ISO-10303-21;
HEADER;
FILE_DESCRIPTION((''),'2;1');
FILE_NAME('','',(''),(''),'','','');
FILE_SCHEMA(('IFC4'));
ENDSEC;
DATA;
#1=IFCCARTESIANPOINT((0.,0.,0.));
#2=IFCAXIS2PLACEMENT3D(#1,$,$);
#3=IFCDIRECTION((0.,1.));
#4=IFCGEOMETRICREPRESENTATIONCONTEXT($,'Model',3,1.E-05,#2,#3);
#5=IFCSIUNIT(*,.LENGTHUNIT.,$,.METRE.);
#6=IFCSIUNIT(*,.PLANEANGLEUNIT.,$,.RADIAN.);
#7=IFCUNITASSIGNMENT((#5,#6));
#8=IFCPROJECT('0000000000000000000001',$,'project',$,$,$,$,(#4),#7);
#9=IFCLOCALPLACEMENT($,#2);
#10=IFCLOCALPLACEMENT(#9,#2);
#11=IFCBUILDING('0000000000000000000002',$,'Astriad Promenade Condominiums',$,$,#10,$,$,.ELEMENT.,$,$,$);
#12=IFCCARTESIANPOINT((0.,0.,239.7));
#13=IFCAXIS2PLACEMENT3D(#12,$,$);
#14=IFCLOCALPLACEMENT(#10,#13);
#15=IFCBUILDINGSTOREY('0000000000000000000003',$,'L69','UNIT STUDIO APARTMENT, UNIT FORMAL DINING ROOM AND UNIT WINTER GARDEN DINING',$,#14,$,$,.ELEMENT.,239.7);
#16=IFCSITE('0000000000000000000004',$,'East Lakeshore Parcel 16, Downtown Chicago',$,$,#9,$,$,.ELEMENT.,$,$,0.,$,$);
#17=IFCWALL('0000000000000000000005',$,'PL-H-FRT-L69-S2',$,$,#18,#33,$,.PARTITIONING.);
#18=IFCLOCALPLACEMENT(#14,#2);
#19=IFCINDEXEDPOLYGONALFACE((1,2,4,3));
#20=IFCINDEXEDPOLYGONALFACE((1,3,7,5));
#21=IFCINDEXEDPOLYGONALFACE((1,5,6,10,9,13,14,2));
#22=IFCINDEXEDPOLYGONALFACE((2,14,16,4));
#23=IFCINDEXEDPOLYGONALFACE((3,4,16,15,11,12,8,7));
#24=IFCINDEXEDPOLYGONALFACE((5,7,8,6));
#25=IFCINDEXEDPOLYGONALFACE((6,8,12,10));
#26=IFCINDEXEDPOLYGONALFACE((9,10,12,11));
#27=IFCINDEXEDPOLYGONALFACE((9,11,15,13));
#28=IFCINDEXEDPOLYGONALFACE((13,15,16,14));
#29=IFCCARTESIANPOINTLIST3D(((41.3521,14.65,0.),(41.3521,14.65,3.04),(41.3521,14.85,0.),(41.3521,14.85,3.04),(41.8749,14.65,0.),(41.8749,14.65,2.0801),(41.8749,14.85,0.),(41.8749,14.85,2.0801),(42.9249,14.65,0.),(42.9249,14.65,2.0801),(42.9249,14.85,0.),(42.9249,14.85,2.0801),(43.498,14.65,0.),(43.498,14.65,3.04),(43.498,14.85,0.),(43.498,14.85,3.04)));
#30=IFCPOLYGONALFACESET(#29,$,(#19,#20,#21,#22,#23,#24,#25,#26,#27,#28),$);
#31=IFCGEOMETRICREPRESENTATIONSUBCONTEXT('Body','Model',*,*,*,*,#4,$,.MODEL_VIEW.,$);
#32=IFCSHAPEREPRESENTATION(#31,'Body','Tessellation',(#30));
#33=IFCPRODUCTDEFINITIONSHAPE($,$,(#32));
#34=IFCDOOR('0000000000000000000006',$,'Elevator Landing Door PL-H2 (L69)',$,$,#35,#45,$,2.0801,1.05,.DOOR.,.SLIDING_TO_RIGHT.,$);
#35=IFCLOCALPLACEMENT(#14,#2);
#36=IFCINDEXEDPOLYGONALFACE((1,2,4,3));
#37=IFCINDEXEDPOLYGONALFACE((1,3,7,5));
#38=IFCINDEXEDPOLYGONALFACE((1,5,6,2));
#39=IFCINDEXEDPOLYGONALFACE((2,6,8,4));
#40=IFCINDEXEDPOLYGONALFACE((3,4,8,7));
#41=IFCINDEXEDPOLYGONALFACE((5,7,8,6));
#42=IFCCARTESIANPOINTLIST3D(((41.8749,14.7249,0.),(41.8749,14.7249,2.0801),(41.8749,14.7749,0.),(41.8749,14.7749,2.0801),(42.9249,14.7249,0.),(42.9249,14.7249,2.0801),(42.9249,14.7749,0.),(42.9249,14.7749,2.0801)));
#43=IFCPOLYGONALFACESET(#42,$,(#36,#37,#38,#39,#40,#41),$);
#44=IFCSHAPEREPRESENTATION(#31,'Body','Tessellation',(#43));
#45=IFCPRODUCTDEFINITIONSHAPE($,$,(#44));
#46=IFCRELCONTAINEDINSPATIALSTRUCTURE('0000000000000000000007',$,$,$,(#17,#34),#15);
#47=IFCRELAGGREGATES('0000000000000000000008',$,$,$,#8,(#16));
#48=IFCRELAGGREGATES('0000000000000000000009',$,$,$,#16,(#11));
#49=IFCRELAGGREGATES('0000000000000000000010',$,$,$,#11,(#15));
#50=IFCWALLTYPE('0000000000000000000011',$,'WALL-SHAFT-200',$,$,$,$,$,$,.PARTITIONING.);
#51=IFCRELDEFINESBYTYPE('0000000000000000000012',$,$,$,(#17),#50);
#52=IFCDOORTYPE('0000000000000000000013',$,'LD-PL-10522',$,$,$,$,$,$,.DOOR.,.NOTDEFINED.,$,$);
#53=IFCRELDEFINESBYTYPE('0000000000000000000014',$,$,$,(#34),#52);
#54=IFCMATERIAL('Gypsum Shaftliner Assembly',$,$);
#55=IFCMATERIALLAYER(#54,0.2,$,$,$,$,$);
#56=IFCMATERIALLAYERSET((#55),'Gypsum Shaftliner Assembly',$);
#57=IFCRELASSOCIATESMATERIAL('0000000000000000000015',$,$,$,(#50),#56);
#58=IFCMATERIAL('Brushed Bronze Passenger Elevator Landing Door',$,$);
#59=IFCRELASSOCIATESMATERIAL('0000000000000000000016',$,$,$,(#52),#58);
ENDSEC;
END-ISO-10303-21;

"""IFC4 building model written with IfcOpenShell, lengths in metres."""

from ifc_helpers import new_model, si_unit, direction, frame, frame_2d, origin, place, context, subcontext, project, spatial, rectangle, extrude, source, transform, mapped, material, layer, layer_set, type_object, type_shapes, element, fill, save


model = new_model("IFC4")

# Units and contexts
model_context = context("Model", 3, precision=1e-05, world=origin(), true_north=direction((0.0, 1.0)))
body_context = subcontext(model_context, "Body", "Model", "MODEL_VIEW")
ifc_project = project(units=[si_unit("LENGTHUNIT", "METRE"), si_unit("PLANEANGLEUNIT", "RADIAN")], contexts=[model_context])

# Site, building, storey
site_placement = place(None, origin())
site = spatial("IfcSite", under=ifc_project, at=site_placement, Name="East Lakeshore Parcel 16, Downtown Chicago", CompositionType="ELEMENT", RefElevation=0.0)
building_placement = place(site_placement, origin())
building = spatial("IfcBuilding", under=site, at=building_placement, Name="Astriad Promenade Condominiums", CompositionType="ELEMENT")
storey_placement = place(building_placement, frame((0.0, 0.0, 239.7)))
storey = spatial("IfcBuildingStorey", under=building, at=storey_placement, Name="L69", Description="UNIT STUDIO APARTMENT, UNIT FORMAL DINING ROOM AND UNIT WINTER GARDEN DINING", CompositionType="ELEMENT", Elevation=239.7)

# Shared definitions
ifc_material_1 = material(Name="Gypsum Shaftliner Assembly")
ifc_layer_1 = layer(ifc_material_1, 0.2)
ifc_layer_set_1 = layer_set([ifc_layer_1], Name="Gypsum Shaftliner Assembly")
wall_type_1 = type_object("IfcWallType", Name="WALL-SHAFT-200", PredefinedType="PARTITIONING", material=ifc_layer_set_1)

# Wall, opening, door
ifc_material_2 = material(Name="Brushed Bronze Passenger Elevator Landing Door")
door_type_1 = type_object("IfcDoorType", Name="LD-PL-10522", OperationType="NOTDEFINED", PredefinedType="DOOR", material=ifc_material_2)
shared_shape_1 = source(origin(), body_context, "Body", "SweptSolid", [
    extrude(rectangle(XDim=1.05, YDim=2.0801, at=frame_2d((0.5249, 1.04))), frame((0.0, 0.0249, 0.0), z_axis=(0.0, -1.0, 0.0), x_axis=(1.0, 0.0, 0.0)), (0.0, 0.0, 1.0), 0.05),
])
type_shapes(door_type_1, [shared_shape_1])
wall_1_placement = place(storey_placement, frame((41.3521, 14.75, 0.0), z_axis=(0.0, 0.0, 1.0), x_axis=(1.0, 0.0, 0.0)))
wall_1 = element("IfcWall", 1, at=wall_1_placement, inside=storey, type_object=wall_type_1, Name="PL-H-FRT-L69-S2", PredefinedType="PARTITIONING", context=body_context, shape_type="SweptSolid", body=[
    extrude(rectangle(XDim=2.146, YDim=0.2, at=frame_2d((1.073, 0.0))), origin(), (0.0, 0.0, 1.0), 3.04),
])
opening_1_placement = place(wall_1_placement, frame((0.5229, 0.0, 0.0)))
opening_1 = element("IfcOpeningElement", 2, at=opening_1_placement, cuts=wall_1, PredefinedType="OPENING", context=body_context, shape_type="SweptSolid", body=[
    extrude(rectangle(XDim=1.05, YDim=2.0801, at=frame_2d((0.5249, 1.04))), frame((0.0, 0.1099, 0.0), z_axis=(0.0, -1.0, 0.0), x_axis=(1.0, 0.0, 0.0)), (0.0, 0.0, 1.0), 0.22),
])
door_1_placement = place(opening_1_placement, origin())
door_1 = element("IfcDoor", 3, at=door_1_placement, inside=storey, type_object=door_type_1, Name="Elevator Landing Door PL-H2 (L69)", OperationType="SLIDING_TO_RIGHT", OverallHeight=2.0801, OverallWidth=1.05, PredefinedType="DOOR", context=body_context, shape_type="MappedRepresentation", body=[
    mapped(shared_shape_1, transform((0.0, 0.0, 0.0), scale=1.0)),
])
fill(opening_1, door_1)

save(model, "model.ifc")
